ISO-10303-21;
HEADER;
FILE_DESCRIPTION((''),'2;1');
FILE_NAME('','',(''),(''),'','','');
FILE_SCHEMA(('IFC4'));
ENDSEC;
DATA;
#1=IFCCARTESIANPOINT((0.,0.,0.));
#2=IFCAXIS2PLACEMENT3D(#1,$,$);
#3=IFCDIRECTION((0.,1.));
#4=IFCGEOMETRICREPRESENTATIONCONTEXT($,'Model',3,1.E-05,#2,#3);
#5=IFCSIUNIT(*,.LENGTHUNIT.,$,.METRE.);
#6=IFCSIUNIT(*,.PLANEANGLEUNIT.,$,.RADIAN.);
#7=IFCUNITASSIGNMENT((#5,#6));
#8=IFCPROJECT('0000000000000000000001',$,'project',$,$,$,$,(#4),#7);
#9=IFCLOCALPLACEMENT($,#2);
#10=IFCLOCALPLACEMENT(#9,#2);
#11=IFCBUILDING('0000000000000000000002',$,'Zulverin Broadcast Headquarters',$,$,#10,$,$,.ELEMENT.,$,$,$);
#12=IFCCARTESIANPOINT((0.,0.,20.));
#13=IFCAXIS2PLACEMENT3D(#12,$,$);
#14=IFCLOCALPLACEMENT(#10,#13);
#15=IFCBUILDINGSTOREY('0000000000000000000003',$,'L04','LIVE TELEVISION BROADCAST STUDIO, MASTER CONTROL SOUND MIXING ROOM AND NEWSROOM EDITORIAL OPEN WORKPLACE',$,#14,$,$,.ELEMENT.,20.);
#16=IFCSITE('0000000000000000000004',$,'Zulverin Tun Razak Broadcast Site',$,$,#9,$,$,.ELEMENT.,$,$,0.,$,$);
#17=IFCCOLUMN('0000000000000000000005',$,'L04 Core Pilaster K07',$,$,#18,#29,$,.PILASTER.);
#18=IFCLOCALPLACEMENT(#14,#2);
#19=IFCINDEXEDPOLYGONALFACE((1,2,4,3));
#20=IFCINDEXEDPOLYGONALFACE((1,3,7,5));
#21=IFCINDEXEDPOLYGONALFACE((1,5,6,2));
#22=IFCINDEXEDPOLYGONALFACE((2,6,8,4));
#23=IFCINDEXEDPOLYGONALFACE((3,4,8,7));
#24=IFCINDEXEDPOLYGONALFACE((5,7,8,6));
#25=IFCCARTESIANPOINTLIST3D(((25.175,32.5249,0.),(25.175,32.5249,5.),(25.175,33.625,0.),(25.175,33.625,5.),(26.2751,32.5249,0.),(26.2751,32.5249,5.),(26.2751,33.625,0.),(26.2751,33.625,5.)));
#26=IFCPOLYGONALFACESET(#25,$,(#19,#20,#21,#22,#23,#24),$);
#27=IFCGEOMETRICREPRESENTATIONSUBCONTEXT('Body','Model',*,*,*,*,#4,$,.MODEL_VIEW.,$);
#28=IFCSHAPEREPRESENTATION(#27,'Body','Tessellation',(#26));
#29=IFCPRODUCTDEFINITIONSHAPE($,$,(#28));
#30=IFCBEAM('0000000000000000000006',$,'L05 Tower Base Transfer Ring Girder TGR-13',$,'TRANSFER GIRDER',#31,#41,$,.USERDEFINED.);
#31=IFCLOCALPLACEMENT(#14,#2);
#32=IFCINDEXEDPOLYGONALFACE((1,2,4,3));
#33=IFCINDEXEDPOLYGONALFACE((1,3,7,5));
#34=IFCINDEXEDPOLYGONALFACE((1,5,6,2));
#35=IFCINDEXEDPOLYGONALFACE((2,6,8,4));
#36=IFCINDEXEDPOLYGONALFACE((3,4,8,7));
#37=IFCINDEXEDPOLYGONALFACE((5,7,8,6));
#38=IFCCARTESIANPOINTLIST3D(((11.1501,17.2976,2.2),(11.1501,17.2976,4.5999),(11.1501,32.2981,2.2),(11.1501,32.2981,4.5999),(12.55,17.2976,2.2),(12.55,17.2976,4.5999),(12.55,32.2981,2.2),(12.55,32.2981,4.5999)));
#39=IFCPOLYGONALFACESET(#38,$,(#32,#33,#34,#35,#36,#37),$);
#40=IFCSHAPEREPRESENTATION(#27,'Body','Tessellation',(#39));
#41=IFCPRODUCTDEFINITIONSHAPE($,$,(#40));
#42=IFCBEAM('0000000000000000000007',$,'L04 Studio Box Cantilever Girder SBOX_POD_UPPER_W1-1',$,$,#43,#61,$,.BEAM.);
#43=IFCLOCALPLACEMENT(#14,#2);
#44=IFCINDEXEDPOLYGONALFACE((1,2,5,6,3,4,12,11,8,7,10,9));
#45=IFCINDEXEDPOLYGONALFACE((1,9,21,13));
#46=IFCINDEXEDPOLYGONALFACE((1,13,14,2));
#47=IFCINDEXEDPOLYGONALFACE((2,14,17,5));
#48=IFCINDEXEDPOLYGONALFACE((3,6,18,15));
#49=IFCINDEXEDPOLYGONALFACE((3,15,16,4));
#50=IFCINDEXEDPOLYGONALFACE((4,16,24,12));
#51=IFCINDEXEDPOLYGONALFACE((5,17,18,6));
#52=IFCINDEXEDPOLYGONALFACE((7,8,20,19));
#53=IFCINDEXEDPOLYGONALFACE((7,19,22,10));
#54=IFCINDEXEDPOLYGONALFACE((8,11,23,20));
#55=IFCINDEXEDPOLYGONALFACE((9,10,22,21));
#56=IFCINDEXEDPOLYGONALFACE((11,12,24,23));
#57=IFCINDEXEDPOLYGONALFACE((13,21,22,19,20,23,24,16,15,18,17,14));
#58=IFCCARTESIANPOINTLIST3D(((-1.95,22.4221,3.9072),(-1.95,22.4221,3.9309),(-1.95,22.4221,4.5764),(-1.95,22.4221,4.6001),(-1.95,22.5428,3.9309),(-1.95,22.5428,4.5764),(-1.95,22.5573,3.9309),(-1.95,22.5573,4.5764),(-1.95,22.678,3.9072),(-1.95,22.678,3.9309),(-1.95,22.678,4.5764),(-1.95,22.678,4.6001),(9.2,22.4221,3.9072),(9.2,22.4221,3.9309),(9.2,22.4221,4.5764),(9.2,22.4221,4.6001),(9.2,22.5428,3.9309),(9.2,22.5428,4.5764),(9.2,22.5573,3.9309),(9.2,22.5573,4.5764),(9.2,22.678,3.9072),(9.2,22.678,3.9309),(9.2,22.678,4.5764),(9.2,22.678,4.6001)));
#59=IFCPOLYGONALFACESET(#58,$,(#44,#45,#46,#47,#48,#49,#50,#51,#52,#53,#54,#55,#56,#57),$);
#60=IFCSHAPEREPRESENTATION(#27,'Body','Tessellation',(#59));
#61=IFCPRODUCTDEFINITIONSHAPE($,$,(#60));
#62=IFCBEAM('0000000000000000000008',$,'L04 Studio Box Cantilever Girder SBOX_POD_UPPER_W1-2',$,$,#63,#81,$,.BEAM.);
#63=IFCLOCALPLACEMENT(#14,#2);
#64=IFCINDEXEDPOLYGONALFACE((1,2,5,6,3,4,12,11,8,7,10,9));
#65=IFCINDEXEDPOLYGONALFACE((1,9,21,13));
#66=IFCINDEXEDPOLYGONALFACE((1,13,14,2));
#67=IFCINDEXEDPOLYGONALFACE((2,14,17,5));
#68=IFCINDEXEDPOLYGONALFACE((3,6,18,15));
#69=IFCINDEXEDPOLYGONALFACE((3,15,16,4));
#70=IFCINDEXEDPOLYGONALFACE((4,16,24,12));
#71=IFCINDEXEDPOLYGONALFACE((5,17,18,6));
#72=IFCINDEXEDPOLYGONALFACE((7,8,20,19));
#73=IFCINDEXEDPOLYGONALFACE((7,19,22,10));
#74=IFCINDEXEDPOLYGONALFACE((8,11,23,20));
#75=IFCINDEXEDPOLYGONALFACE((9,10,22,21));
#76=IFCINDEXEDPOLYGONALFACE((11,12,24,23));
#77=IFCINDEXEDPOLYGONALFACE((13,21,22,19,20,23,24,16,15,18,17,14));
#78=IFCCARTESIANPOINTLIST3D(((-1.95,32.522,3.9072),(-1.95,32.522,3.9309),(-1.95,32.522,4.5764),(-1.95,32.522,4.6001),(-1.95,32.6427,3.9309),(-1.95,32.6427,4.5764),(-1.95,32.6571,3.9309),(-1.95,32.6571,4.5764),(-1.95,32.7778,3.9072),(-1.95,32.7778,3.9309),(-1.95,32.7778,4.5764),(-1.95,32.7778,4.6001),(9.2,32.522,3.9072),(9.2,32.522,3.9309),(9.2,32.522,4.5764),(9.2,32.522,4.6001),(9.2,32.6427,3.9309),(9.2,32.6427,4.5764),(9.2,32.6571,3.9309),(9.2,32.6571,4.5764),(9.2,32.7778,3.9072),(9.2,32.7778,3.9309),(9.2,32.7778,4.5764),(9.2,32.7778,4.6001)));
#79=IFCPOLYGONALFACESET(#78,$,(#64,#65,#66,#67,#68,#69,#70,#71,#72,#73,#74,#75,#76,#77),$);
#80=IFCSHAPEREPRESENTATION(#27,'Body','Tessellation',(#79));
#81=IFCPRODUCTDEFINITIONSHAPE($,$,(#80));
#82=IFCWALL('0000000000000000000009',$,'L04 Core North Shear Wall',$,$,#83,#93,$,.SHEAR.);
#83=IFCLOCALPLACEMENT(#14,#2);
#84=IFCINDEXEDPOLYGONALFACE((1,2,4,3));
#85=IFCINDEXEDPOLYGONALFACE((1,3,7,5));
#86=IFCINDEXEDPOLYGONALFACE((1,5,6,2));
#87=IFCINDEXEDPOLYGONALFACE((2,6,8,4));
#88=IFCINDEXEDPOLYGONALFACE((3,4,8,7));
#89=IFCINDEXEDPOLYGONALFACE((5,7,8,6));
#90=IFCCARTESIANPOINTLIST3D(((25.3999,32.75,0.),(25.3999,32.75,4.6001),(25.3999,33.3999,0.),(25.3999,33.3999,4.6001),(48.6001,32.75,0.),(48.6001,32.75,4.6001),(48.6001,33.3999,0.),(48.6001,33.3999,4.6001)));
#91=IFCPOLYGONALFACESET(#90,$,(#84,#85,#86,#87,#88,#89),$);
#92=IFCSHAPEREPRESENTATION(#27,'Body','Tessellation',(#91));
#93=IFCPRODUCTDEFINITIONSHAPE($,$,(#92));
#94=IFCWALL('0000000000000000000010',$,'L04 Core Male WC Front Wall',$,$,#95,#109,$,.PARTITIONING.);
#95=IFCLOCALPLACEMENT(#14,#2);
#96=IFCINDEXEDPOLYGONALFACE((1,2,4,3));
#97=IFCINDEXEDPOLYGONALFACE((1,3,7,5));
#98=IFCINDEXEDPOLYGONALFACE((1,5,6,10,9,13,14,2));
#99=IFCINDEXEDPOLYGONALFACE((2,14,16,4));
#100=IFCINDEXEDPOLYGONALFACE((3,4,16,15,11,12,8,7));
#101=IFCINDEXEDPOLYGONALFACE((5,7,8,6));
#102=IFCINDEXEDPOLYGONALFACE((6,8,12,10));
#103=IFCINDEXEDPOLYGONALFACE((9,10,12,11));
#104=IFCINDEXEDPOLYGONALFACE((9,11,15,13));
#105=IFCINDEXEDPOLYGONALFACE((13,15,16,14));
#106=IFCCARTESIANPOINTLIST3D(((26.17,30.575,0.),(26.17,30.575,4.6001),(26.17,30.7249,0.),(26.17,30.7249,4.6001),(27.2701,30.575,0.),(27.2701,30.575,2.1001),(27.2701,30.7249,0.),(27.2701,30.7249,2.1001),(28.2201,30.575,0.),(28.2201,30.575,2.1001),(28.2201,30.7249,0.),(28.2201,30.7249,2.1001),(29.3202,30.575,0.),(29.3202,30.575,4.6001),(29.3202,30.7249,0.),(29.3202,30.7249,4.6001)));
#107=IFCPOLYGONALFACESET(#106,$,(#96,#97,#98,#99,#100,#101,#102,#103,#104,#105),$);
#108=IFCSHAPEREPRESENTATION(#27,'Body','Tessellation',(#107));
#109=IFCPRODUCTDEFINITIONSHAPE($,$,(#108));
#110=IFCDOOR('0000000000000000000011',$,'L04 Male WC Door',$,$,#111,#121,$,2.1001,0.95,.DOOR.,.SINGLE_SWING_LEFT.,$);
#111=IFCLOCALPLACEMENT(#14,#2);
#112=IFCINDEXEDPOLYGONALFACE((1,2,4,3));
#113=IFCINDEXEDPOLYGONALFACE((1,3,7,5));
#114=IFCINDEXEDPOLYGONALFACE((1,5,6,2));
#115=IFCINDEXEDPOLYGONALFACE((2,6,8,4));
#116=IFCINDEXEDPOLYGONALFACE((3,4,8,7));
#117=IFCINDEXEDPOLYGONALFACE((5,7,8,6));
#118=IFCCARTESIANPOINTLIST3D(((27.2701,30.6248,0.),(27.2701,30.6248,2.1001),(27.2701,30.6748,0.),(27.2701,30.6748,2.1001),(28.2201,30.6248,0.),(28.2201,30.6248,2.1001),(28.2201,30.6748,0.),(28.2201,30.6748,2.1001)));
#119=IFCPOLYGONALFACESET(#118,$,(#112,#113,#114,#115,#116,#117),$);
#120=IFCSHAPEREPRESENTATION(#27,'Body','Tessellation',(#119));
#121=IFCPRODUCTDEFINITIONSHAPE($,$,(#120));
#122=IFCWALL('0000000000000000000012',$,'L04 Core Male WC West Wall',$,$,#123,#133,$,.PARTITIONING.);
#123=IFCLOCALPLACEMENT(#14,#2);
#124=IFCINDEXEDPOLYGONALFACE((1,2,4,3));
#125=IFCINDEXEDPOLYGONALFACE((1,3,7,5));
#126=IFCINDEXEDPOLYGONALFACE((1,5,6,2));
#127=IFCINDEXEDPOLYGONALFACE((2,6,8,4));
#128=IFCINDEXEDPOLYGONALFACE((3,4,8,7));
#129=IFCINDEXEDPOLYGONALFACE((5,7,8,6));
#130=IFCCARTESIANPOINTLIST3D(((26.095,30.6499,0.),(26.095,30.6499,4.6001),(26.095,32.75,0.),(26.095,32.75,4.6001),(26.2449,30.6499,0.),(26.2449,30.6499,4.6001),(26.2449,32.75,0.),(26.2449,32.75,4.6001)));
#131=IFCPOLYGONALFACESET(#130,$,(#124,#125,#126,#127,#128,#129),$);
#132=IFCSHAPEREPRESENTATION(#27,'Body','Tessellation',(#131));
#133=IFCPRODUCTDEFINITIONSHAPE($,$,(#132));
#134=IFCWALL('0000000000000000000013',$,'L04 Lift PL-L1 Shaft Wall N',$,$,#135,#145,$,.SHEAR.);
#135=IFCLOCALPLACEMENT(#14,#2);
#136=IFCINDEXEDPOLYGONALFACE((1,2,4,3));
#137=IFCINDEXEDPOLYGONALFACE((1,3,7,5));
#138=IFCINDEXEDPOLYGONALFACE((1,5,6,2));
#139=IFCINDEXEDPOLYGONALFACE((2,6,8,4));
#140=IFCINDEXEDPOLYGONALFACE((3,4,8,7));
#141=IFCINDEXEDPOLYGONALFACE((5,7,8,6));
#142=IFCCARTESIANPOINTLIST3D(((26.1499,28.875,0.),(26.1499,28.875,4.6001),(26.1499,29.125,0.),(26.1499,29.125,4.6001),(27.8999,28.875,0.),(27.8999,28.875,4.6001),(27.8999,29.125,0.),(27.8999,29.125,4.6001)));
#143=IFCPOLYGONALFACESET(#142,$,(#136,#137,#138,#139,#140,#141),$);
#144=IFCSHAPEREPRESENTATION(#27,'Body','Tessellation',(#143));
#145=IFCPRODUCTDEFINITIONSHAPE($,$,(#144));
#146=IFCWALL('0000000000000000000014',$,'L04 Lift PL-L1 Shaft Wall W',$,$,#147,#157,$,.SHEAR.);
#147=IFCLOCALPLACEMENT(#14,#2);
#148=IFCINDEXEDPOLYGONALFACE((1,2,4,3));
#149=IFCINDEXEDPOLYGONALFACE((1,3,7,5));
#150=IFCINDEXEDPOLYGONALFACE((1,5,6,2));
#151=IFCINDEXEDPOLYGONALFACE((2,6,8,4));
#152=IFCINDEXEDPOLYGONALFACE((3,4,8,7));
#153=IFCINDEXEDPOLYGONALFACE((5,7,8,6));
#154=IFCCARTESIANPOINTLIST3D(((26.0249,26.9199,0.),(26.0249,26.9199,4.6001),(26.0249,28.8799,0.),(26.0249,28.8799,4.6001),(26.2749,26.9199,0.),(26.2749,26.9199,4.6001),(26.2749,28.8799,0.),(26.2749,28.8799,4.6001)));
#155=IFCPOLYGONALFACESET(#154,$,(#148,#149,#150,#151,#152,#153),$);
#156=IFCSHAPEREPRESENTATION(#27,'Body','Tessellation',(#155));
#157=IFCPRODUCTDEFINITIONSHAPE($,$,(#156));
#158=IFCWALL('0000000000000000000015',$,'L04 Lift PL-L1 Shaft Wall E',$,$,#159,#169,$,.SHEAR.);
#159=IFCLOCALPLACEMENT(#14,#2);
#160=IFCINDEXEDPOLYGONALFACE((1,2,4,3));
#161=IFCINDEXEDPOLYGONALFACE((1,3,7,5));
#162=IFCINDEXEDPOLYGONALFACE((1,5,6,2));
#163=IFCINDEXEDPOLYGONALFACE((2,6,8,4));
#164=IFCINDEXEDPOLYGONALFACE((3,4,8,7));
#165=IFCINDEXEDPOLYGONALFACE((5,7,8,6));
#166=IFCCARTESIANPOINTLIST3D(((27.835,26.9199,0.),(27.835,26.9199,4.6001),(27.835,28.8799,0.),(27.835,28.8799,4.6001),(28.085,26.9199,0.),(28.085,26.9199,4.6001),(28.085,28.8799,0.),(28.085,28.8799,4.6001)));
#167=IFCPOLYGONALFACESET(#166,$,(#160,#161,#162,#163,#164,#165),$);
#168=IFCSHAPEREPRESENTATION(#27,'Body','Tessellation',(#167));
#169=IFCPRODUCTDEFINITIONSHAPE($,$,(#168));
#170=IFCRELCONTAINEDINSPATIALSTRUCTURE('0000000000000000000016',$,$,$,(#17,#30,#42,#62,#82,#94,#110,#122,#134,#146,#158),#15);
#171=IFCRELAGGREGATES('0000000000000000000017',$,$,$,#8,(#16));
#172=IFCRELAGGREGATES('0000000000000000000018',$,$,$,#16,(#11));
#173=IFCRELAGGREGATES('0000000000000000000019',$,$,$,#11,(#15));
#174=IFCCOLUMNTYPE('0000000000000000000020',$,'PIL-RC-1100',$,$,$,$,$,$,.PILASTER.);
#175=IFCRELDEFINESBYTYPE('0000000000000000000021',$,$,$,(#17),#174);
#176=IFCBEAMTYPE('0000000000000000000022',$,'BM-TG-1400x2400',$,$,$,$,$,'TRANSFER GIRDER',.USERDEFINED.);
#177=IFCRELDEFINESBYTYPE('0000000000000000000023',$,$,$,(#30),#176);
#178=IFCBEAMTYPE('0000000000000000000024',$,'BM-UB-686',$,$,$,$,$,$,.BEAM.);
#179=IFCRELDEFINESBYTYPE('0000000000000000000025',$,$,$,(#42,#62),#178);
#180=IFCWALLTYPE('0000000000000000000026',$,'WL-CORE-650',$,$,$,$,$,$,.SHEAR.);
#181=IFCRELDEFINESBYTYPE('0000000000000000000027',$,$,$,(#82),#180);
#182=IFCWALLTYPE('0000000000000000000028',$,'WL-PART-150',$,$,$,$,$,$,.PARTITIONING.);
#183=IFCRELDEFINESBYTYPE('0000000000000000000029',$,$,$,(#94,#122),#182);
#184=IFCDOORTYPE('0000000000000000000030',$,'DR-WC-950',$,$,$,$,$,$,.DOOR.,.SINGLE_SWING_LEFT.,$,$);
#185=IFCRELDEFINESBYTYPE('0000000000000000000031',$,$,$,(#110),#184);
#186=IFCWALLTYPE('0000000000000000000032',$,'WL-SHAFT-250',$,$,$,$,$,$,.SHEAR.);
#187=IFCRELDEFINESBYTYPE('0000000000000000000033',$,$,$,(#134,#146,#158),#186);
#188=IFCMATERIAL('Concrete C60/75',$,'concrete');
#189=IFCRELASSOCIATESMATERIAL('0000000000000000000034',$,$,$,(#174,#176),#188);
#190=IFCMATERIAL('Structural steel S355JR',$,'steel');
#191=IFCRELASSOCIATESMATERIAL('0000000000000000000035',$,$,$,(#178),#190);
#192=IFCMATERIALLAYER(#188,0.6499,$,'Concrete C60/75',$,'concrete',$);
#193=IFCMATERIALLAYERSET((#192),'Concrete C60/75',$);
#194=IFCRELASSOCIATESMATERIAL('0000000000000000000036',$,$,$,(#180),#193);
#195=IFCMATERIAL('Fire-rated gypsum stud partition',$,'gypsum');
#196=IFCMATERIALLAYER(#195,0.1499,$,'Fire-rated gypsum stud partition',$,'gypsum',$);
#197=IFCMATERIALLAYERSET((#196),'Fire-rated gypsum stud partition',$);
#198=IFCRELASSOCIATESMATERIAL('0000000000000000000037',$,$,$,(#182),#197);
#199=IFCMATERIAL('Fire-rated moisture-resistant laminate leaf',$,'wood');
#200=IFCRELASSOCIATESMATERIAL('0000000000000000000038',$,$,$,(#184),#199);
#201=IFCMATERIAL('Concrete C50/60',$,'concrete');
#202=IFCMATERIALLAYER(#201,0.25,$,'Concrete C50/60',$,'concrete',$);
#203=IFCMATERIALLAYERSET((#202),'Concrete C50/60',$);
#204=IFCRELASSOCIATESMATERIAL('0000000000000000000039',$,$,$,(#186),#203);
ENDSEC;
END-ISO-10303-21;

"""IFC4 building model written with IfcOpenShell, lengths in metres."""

from ifc_helpers import new_model, si_unit, direction, frame, frame_2d, origin, origin_2d, place, context, subcontext, project, spatial, rectangle, i_section, extrude, material, layer, layer_set, material_profile, profile_set, type_object, element, fill, save


model = new_model("IFC4")

# Units and contexts
model_context = context("Model", 3, precision=1e-05, world=origin(), true_north=direction((0.0, 1.0)))
body_context = subcontext(model_context, "Body", "Model", "MODEL_VIEW")
ifc_project = project(units=[si_unit("LENGTHUNIT", "METRE"), si_unit("PLANEANGLEUNIT", "RADIAN")], contexts=[model_context])

# Site, building, storey
site_placement = place(None, origin())
site = spatial("IfcSite", under=ifc_project, at=site_placement, Name="Zulverin Tun Razak Broadcast Site", CompositionType="ELEMENT", RefElevation=0.0)
building_placement = place(site_placement, origin())
building = spatial("IfcBuilding", under=site, at=building_placement, Name="Zulverin Broadcast Headquarters", CompositionType="ELEMENT")
storey_placement = place(building_placement, frame((0.0, 0.0, 20.0)))
storey = spatial("IfcBuildingStorey", under=building, at=storey_placement, Name="L04", Description="LIVE TELEVISION BROADCAST STUDIO, MASTER CONTROL SOUND MIXING ROOM AND NEWSROOM EDITORIAL OPEN WORKPLACE", CompositionType="ELEMENT", Elevation=20.0)

# Column
ifc_material_1 = material(Name="Concrete C60/75", Category="concrete")
ifc_material_profile_1 = material_profile(ifc_material_1, rectangle(XDim=1.1001, YDim=1.1001, at=origin_2d()), Name="Concrete C60/75", Category="concrete")
ifc_profile_set_1 = profile_set([ifc_material_profile_1], Name="Concrete C60/75")
column_type = type_object("IfcColumnType", Name="PIL-RC-1100", PredefinedType="PILASTER", material=ifc_profile_set_1)
column_placement = place(storey_placement, frame((25.7251, 33.075, 0.0), z_axis=(0.0, 0.0, 1.0), x_axis=(1.0, 0.0, 0.0)))
element("IfcColumn", 1, at=column_placement, inside=storey, type_object=column_type, Name="L04 Core Pilaster K07", PredefinedType="PILASTER", context=body_context, shape_type="SweptSolid", body=[
    extrude(rectangle(XDim=1.1001, YDim=1.1001, at=origin_2d()), origin(), (0.0, 0.0, 1.0), 5.0),
])

# Beams
ifc_material_profile_2 = material_profile(ifc_material_1, rectangle(XDim=1.3999, YDim=2.3999, at=origin_2d()), Name="Concrete C60/75", Category="concrete")
ifc_profile_set_2 = profile_set([ifc_material_profile_2], Name="Concrete C60/75")
beam_type_1 = type_object("IfcBeamType", Name="BM-TG-1400x2400", ElementType="TRANSFER GIRDER", PredefinedType="USERDEFINED", material=ifc_profile_set_2)
beam_placement = place(storey_placement, frame((11.8501, 32.2981, 3.3999), z_axis=(0.0, -1.0, 0.0), x_axis=(1.0, 0.0, 0.0)))
element("IfcBeam", 2, at=beam_placement, inside=storey, type_object=beam_type_1, Name="L05 Tower Base Transfer Ring Girder TGR-13", ObjectType="TRANSFER GIRDER", PredefinedType="USERDEFINED", context=body_context, shape_type="SweptSolid", body=[
    extrude(rectangle(XDim=1.3999, YDim=2.3999, at=origin_2d()), origin(), (0.0, 0.0, 1.0), 15.0005),
])
ifc_material_2 = material(Name="Structural steel S355JR", Category="steel")
ifc_material_profile_3 = material_profile(ifc_material_2, i_section(OverallWidth=0.2559, OverallDepth=0.6929, WebThickness=0.0144, FlangeThickness=0.0237, at=origin_2d()), Name="Structural steel S355JR", Category="steel")
ifc_profile_set_3 = profile_set([ifc_material_profile_3], Name="Structural steel S355JR")
beam_type_2 = type_object("IfcBeamType", Name="BM-UB-686", PredefinedType="BEAM", material=ifc_profile_set_3)
for number, where, z_axis, x_axis, name in (
    (3, (9.2, 22.55, 4.2537), (-1.0, 0.0, 0.0), (0.0, -1.0, 0.0), "L04 Studio Box Cantilever Girder SBOX_POD_UPPER_W1-1"),
    (4, (9.2, 32.6499, 4.2537), (-1.0, 0.0, 0.0), (0.0, -1.0, 0.0), "L04 Studio Box Cantilever Girder SBOX_POD_UPPER_W1-2"),
):
    element("IfcBeam", number, at=place(storey_placement, frame(where, z_axis=z_axis, x_axis=x_axis)), inside=storey, type_object=beam_type_2, Name=name, PredefinedType="BEAM", context=body_context, shape_type="SweptSolid", body=[
        extrude(i_section(OverallWidth=0.2559, OverallDepth=0.6929, WebThickness=0.0144, FlangeThickness=0.0237, at=origin_2d()), origin(), (0.0, 0.0, 1.0), 11.1499),
    ])

# Wall
ifc_layer_1 = layer(ifc_material_1, 0.6499, Name="Concrete C60/75", Category="concrete")
ifc_layer_set_1 = layer_set([ifc_layer_1], Name="Concrete C60/75")
wall_type_1 = type_object("IfcWallType", Name="WL-CORE-650", PredefinedType="SHEAR", material=ifc_layer_set_1)
wall_1_placement = place(storey_placement, frame((25.3999, 33.075, 0.0), z_axis=(0.0, 0.0, 1.0), x_axis=(1.0, 0.0, 0.0)))
element("IfcWall", 5, at=wall_1_placement, inside=storey, type_object=wall_type_1, Name="L04 Core North Shear Wall", PredefinedType="SHEAR", context=body_context, shape_type="SweptSolid", body=[
    extrude(rectangle(XDim=23.2002, YDim=0.6499, at=frame_2d((11.6001, 0.0))), origin(), (0.0, 0.0, 1.0), 4.6001),
])

# Wall, opening, door
ifc_material_3 = material(Name="Fire-rated gypsum stud partition", Category="gypsum")
ifc_layer_2 = layer(ifc_material_3, 0.1499, Name="Fire-rated gypsum stud partition", Category="gypsum")
ifc_layer_set_2 = layer_set([ifc_layer_2], Name="Fire-rated gypsum stud partition")
wall_type_2 = type_object("IfcWallType", Name="WL-PART-150", PredefinedType="PARTITIONING", material=ifc_layer_set_2)
wall_2_placement = place(storey_placement, frame((26.1699, 30.6499, 0.0), z_axis=(0.0, 0.0, 1.0), x_axis=(1.0, 0.0, 0.0)))
wall_2 = element("IfcWall", 6, at=wall_2_placement, inside=storey, type_object=wall_type_2, Name="L04 Core Male WC Front Wall", PredefinedType="PARTITIONING", context=body_context, shape_type="SweptSolid", body=[
    extrude(rectangle(XDim=3.1501, YDim=0.1499, at=frame_2d((1.5752, 0.0))), origin(), (0.0, 0.0, 1.0), 4.6001),
])
opening_1_placement = place(wall_2_placement, frame((1.1001, 0.0, 0.0)))
opening_1 = element("IfcOpeningElement", 7, at=opening_1_placement, cuts=wall_2, PredefinedType="OPENING", context=body_context, shape_type="SweptSolid", body=[
    extrude(rectangle(XDim=0.95, YDim=2.1001, at=frame_2d((0.4751, 1.05))), frame((0.0, 0.085, 0.0), z_axis=(0.0, -1.0, 0.0), x_axis=(1.0, 0.0, 0.0)), (0.0, 0.0, 1.0), 0.1699),
])
ifc_material_4 = material(Name="Fire-rated moisture-resistant laminate leaf", Category="wood")
door_type_1 = type_object("IfcDoorType", Name="DR-WC-950", OperationType="SINGLE_SWING_LEFT", PredefinedType="DOOR", material=ifc_material_4)
door_1_placement = place(opening_1_placement, origin())
door_1 = element("IfcDoor", 8, at=door_1_placement, inside=storey, type_object=door_type_1, Name="L04 Male WC Door", OperationType="SINGLE_SWING_LEFT", OverallHeight=2.1001, OverallWidth=0.95, PredefinedType="DOOR", context=body_context, shape_type="SweptSolid", body=[
    extrude(rectangle(XDim=0.95, YDim=2.1001, at=frame_2d((0.4751, 1.05))), frame((0.0, 0.0249, 0.0), z_axis=(0.0, -1.0, 0.0), x_axis=(1.0, 0.0, 0.0)), (0.0, 0.0, 1.0), 0.05),
])
fill(opening_1, door_1)

# Wall
wall_3_placement = place(storey_placement, frame((26.1699, 30.6499, 0.0), z_axis=(0.0, 0.0, 1.0), x_axis=(0.0, 1.0, 0.0)))
element("IfcWall", 9, at=wall_3_placement, inside=storey, type_object=wall_type_2, Name="L04 Core Male WC West Wall", PredefinedType="PARTITIONING", context=body_context, shape_type="SweptSolid", body=[
    extrude(rectangle(XDim=2.1001, YDim=0.1499, at=frame_2d((1.05, 0.0))), origin(), (0.0, 0.0, 1.0), 4.6001),
])

# Shared definitions
ifc_material_5 = material(Name="Concrete C50/60", Category="concrete")
ifc_layer_3 = layer(ifc_material_5, 0.25, Name="Concrete C50/60", Category="concrete")
ifc_layer_set_3 = layer_set([ifc_layer_3], Name="Concrete C50/60")
wall_type_3 = type_object("IfcWallType", Name="WL-SHAFT-250", PredefinedType="SHEAR", material=ifc_layer_set_3)

# Walls
wall_4_placement = place(storey_placement, frame((26.1499, 29.0, 0.0), z_axis=(0.0, 0.0, 1.0), x_axis=(1.0, 0.0, 0.0)))
element("IfcWall", 10, at=wall_4_placement, inside=storey, type_object=wall_type_3, Name="L04 Lift PL-L1 Shaft Wall N", PredefinedType="SHEAR", context=body_context, shape_type="SweptSolid", body=[
    extrude(rectangle(XDim=1.75, YDim=0.25, at=frame_2d((0.875, 0.0))), origin(), (0.0, 0.0, 1.0), 4.6001),
])
for number, where, z_axis, x_axis, name in (
    (11, (26.1499, 26.9199, 0.0), (0.0, 0.0, 1.0), (0.0, 1.0, 0.0), "L04 Lift PL-L1 Shaft Wall W"),
    (12, (27.96, 26.9199, 0.0), (0.0, 0.0, 1.0), (0.0, 1.0, 0.0), "L04 Lift PL-L1 Shaft Wall E"),
):
    element("IfcWall", number, at=place(storey_placement, frame(where, z_axis=z_axis, x_axis=x_axis)), inside=storey, type_object=wall_type_3, Name=name, PredefinedType="SHEAR", context=body_context, shape_type="SweptSolid", body=[
        extrude(rectangle(XDim=1.96, YDim=0.25, at=frame_2d((0.98, 0.0))), origin(), (0.0, 0.0, 1.0), 4.6001),
    ])

save(model, "model.ifc")
